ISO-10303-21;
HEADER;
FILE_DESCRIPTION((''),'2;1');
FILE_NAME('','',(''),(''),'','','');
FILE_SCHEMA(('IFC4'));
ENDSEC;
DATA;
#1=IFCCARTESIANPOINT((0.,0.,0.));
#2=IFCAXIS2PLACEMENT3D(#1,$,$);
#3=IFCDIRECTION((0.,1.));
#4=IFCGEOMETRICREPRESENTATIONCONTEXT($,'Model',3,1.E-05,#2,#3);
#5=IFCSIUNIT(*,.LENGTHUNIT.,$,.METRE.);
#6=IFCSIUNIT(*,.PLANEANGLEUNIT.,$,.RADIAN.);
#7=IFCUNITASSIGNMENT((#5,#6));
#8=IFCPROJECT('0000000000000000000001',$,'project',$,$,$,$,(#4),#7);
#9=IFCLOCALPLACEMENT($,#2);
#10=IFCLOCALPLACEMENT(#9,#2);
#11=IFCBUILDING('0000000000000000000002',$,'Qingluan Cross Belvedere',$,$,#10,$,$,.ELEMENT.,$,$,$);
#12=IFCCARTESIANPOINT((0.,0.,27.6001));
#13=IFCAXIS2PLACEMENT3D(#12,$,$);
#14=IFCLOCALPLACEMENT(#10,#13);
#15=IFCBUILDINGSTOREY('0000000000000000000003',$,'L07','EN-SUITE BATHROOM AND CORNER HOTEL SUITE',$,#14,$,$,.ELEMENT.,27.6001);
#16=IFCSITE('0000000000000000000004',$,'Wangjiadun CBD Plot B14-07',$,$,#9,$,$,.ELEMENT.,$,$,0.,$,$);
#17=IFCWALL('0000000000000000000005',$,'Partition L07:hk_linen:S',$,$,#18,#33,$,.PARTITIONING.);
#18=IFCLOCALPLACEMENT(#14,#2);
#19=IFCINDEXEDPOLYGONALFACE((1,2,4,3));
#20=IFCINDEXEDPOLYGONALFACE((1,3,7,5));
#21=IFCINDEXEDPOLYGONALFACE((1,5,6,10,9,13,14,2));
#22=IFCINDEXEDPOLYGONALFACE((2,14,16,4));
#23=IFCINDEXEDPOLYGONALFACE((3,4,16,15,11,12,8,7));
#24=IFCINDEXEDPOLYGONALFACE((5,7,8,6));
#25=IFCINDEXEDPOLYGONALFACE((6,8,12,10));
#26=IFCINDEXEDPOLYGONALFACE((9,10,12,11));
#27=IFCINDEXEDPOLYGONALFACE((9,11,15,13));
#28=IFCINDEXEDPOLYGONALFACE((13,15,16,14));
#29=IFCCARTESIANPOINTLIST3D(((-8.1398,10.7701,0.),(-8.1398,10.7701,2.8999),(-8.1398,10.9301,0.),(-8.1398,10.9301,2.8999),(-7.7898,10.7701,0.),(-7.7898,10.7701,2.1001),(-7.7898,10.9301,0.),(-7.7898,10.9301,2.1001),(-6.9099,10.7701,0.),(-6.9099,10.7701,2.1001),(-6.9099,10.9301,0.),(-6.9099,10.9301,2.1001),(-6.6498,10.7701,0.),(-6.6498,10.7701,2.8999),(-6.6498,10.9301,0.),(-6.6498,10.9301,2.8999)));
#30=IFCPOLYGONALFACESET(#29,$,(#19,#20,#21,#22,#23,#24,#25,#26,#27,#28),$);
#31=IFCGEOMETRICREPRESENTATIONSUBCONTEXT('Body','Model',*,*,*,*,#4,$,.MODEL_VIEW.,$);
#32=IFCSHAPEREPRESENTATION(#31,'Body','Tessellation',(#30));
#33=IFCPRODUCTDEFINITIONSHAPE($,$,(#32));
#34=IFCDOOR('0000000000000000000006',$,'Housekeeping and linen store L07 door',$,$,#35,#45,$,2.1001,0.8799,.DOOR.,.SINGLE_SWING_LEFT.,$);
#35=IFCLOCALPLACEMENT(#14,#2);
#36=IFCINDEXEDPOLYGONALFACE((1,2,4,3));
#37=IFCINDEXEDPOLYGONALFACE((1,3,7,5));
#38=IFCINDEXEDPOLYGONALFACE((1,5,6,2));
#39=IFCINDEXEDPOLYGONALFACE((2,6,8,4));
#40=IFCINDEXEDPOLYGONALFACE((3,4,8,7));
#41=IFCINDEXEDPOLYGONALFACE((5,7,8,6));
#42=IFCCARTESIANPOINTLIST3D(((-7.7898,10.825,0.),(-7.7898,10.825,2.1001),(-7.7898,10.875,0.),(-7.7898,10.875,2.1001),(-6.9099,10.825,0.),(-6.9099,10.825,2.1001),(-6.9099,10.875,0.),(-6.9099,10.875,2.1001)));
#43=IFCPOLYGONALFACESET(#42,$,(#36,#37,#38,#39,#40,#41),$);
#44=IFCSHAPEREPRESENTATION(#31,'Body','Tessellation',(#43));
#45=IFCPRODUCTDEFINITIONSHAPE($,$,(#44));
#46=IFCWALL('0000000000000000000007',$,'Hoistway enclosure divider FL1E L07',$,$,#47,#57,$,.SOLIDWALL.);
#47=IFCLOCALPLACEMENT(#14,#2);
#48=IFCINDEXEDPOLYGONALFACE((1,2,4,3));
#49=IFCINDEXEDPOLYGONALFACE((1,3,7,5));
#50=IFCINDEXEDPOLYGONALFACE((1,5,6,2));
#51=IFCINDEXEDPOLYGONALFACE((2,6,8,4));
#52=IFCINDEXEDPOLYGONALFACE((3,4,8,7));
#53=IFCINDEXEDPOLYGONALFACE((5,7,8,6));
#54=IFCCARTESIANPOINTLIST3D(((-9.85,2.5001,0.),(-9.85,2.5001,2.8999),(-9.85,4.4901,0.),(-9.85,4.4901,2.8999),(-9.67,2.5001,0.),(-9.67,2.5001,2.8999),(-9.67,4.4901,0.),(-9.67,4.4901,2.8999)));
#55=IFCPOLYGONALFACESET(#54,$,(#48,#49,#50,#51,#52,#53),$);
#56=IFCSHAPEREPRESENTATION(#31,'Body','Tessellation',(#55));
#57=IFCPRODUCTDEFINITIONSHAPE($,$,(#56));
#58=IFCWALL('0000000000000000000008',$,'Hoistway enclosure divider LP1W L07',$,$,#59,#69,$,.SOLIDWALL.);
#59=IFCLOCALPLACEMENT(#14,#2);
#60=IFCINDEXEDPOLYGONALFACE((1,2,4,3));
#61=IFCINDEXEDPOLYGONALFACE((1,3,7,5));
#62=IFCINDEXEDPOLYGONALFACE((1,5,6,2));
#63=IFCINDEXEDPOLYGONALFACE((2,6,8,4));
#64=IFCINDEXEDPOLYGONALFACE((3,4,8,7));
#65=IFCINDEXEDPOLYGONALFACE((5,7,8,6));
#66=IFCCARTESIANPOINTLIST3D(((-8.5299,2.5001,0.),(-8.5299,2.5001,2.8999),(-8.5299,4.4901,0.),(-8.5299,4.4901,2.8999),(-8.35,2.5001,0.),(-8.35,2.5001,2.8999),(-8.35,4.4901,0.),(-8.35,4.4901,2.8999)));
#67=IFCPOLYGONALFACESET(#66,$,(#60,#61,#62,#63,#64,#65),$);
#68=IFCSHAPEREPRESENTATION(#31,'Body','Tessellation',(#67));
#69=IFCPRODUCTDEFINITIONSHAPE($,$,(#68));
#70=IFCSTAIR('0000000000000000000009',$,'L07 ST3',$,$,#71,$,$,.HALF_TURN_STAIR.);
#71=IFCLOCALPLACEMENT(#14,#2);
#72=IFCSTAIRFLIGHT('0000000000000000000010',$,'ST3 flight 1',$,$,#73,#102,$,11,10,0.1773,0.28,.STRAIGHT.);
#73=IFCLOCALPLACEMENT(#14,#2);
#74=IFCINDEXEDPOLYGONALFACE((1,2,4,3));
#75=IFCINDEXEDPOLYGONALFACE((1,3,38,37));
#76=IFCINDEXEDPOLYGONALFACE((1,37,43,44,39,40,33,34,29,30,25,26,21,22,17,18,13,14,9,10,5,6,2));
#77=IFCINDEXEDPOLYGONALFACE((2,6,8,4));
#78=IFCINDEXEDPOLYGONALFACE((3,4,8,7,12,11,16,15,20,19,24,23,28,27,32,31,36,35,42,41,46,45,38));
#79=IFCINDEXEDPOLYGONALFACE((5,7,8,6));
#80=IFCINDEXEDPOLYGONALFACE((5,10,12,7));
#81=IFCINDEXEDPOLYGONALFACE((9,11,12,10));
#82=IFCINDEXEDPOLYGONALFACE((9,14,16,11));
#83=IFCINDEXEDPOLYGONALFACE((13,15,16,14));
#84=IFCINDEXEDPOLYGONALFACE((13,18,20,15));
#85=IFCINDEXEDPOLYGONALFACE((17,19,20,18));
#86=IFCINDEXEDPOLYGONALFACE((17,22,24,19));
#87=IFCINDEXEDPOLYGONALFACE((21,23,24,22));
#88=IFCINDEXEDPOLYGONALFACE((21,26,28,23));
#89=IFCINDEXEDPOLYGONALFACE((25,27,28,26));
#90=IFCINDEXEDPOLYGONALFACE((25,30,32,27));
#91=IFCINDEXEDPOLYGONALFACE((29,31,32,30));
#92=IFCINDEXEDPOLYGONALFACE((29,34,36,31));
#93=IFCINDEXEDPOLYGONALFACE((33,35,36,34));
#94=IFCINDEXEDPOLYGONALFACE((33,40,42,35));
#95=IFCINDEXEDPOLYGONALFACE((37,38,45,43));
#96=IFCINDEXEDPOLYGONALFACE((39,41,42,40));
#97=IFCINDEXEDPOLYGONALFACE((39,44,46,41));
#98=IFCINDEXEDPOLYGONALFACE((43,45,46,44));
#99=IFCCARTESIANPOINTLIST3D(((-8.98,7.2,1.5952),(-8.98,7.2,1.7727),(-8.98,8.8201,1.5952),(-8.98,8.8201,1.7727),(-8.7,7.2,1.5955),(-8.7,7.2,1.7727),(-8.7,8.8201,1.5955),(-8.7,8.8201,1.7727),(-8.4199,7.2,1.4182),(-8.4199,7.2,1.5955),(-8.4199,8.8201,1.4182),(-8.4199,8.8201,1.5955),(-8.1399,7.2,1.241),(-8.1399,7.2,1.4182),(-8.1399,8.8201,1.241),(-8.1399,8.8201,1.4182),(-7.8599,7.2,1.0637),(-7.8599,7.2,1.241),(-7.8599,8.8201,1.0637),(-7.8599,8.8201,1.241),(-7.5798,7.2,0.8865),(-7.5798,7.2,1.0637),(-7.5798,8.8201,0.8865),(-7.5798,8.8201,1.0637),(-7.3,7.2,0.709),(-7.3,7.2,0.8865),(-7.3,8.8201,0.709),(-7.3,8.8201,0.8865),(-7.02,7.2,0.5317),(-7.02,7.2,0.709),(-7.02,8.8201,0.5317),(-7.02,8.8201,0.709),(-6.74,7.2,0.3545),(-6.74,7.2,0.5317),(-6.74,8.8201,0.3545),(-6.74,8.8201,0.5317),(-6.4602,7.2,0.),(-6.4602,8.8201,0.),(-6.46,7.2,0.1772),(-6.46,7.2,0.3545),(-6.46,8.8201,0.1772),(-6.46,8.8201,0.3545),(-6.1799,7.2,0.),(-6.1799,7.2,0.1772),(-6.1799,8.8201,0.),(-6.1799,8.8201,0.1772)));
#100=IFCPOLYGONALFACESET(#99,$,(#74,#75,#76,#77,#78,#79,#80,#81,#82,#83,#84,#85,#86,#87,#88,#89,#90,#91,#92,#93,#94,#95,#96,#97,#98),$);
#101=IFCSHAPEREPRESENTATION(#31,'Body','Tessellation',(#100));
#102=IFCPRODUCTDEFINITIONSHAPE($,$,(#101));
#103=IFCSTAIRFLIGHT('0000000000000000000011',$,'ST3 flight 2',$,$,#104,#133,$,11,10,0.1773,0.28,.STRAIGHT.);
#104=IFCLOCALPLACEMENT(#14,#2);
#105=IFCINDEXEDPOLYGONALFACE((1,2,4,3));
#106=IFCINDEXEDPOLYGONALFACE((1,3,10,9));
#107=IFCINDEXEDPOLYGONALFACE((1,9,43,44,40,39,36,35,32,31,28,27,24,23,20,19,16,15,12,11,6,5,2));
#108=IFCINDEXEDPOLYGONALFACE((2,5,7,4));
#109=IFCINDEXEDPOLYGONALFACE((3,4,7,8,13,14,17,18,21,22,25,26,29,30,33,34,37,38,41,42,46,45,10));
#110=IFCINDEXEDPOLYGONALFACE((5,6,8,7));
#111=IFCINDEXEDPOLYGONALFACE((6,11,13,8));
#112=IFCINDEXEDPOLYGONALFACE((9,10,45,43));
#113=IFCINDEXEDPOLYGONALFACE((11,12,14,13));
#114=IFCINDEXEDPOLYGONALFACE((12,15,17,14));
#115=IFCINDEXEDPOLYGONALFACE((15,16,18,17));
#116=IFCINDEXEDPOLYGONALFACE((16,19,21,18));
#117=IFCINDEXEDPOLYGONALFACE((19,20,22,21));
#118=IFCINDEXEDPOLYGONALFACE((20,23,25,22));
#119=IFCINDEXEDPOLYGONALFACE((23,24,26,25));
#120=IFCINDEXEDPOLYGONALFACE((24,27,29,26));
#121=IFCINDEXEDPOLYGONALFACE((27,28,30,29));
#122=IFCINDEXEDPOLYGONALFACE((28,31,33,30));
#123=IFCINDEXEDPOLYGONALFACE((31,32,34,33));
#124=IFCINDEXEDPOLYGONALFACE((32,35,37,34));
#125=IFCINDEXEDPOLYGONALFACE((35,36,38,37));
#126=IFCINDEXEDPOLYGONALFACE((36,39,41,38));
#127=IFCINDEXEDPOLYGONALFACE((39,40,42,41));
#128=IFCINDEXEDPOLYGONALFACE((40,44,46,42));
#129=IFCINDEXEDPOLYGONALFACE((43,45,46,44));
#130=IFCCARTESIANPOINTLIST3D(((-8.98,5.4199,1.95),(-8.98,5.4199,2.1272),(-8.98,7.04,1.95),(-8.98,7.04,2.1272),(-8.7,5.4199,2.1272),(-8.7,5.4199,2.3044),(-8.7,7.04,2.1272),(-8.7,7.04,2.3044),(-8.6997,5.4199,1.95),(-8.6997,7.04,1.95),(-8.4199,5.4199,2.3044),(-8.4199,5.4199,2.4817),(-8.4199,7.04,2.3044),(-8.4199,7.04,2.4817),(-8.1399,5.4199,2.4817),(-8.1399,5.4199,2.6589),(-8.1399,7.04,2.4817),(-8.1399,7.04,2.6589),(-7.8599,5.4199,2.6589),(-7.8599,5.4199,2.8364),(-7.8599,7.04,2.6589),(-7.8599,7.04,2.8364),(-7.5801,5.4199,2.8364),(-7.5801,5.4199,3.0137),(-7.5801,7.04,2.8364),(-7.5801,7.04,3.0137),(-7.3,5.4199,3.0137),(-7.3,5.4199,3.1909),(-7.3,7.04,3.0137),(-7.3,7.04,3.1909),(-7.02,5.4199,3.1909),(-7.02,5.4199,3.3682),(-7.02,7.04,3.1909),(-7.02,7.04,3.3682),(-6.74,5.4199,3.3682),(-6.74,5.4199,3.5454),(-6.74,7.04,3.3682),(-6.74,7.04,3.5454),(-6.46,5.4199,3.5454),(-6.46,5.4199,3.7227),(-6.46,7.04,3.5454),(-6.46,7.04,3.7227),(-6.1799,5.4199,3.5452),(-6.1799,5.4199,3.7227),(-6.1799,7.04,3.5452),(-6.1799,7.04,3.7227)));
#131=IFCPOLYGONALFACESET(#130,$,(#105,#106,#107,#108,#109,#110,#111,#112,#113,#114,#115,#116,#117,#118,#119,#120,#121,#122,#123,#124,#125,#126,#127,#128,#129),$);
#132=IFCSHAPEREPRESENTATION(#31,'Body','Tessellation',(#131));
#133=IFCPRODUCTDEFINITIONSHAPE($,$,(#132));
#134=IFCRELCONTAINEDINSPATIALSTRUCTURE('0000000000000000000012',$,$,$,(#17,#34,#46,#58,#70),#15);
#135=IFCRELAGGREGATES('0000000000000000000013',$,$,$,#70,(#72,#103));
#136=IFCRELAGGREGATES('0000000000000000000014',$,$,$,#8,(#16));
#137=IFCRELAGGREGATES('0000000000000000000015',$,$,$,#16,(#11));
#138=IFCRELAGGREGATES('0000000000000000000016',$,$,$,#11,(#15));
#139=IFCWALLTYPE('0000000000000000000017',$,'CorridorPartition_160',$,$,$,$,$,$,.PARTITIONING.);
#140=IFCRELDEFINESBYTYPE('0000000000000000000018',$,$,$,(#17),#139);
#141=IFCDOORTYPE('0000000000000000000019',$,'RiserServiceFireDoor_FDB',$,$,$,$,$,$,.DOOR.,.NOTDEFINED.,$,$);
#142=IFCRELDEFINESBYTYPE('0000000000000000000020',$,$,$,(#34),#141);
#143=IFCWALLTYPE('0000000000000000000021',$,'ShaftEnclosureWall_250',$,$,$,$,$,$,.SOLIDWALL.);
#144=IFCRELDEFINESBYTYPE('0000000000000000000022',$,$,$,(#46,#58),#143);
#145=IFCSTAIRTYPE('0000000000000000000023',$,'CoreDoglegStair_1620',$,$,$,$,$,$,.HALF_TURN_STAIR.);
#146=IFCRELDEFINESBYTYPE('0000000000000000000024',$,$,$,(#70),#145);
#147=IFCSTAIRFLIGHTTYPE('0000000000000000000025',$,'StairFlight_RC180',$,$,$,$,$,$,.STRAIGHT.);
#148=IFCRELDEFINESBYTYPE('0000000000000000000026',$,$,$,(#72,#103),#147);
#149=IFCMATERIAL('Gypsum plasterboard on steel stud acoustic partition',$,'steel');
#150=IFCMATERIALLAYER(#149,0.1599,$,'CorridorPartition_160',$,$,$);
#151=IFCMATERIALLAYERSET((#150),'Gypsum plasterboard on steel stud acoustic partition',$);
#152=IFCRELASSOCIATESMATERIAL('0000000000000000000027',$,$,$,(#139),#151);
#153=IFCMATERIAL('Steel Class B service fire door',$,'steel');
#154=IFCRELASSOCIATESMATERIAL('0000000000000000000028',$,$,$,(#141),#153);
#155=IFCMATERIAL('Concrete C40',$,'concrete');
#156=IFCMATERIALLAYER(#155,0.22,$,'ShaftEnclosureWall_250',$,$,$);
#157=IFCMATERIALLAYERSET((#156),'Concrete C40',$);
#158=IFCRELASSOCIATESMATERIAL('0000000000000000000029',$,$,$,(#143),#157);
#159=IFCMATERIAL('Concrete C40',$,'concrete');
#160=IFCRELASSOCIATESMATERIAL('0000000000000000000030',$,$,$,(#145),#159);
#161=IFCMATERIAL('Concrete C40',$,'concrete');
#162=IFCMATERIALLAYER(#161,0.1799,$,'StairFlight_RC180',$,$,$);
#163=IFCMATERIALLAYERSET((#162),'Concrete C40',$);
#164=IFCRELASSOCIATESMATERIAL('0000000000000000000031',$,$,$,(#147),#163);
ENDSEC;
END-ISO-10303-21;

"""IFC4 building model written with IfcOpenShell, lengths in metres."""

from ifc_helpers import new_model, si_unit, direction, frame, frame_2d, origin, place, context, subcontext, project, spatial, polyline, rectangle, outline, extrude, material, layer, layer_set, type_object, element, fill, aggregate, save


model = new_model("IFC4")

# Units and contexts
model_context = context("Model", 3, precision=1e-05, world=origin(), true_north=direction((0.0, 1.0)))
body_context = subcontext(model_context, "Body", "Model", "MODEL_VIEW")
ifc_project = project(units=[si_unit("LENGTHUNIT", "METRE"), si_unit("PLANEANGLEUNIT", "RADIAN")], contexts=[model_context])

# Site, building, storey
site_placement = place(None, origin())
site = spatial("IfcSite", under=ifc_project, at=site_placement, Name="Wangjiadun CBD Plot B14-07", CompositionType="ELEMENT", RefElevation=0.0)
building_placement = place(site_placement, origin())
building = spatial("IfcBuilding", under=site, at=building_placement, Name="Qingluan Cross Belvedere", CompositionType="ELEMENT")
storey_placement = place(building_placement, frame((0.0, 0.0, 27.6001)))
storey = spatial("IfcBuildingStorey", under=building, at=storey_placement, Name="L07", Description="EN-SUITE BATHROOM AND CORNER HOTEL SUITE", CompositionType="ELEMENT", Elevation=27.6001)

# Wall, opening, door
ifc_material_1 = material(Name="Gypsum plasterboard on steel stud acoustic partition", Category="steel")
ifc_layer_1 = layer(ifc_material_1, 0.1599, Name="CorridorPartition_160")
ifc_layer_set_1 = layer_set([ifc_layer_1], Name="Gypsum plasterboard on steel stud acoustic partition")
wall_type_1 = type_object("IfcWallType", Name="CorridorPartition_160", PredefinedType="PARTITIONING", material=ifc_layer_set_1)
wall_1_placement = place(storey_placement, frame((-8.1399, 10.8501, 0.0), z_axis=(0.0, 0.0, 1.0), x_axis=(1.0, 0.0, 0.0)))
wall_1 = element("IfcWall", 1, at=wall_1_placement, inside=storey, type_object=wall_type_1, Name="Partition L07:hk_linen:S", PredefinedType="PARTITIONING", context=body_context, shape_type="SweptSolid", body=[
    extrude(rectangle(XDim=1.49, YDim=0.1599, at=frame_2d((0.7451, 0.0))), origin(), (0.0, 0.0, 1.0), 2.8999),
])
opening_1_placement = place(wall_1_placement, frame((0.3501, 0.0, 0.0)))
opening_1 = element("IfcOpeningElement", 2, at=opening_1_placement, cuts=wall_1, PredefinedType="OPENING", context=body_context, shape_type="SweptSolid", body=[
    extrude(rectangle(XDim=0.8799, YDim=2.1001, at=frame_2d((0.4399, 1.05))), frame((0.0, 0.0898, 0.0), z_axis=(0.0, -1.0, 0.0), x_axis=(1.0, 0.0, 0.0)), (0.0, 0.0, 1.0), 0.1799),
])
ifc_material_2 = material(Name="Steel Class B service fire door", Category="steel")
door_type_1 = type_object("IfcDoorType", Name="RiserServiceFireDoor_FDB", OperationType="NOTDEFINED", PredefinedType="DOOR", material=ifc_material_2)
door_1_placement = place(opening_1_placement, origin())
door_1 = element("IfcDoor", 3, at=door_1_placement, inside=storey, type_object=door_type_1, Name="Housekeeping and linen store L07 door", OperationType="SINGLE_SWING_LEFT", OverallHeight=2.1001, OverallWidth=0.8799, PredefinedType="DOOR", context=body_context, shape_type="SweptSolid", body=[
    extrude(rectangle(XDim=0.8799, YDim=2.1001, at=frame_2d((0.4399, 1.05))), frame((0.0, 0.0249, 0.0), z_axis=(0.0, -1.0, 0.0), x_axis=(1.0, 0.0, 0.0)), (0.0, 0.0, 1.0), 0.05),
])
fill(opening_1, door_1)

# Shared definitions
ifc_material_3 = material(Name="Concrete C40", Category="concrete")
ifc_layer_2 = layer(ifc_material_3, 0.22, Name="ShaftEnclosureWall_250")
ifc_layer_set_2 = layer_set([ifc_layer_2], Name="Concrete C40")
wall_type_2 = type_object("IfcWallType", Name="ShaftEnclosureWall_250", PredefinedType="SOLIDWALL", material=ifc_layer_set_2)

# Walls
for number, where, z_axis, x_axis, name in (
    (4, (-9.76, 2.5, 0.0), (0.0, 0.0, 1.0), (0.0, 1.0, 0.0), "Hoistway enclosure divider FL1E L07"),
    (5, (-8.4399, 2.5, 0.0), (0.0, 0.0, 1.0), (0.0, 1.0, 0.0), "Hoistway enclosure divider LP1W L07"),
):
    element("IfcWall", number, at=place(storey_placement, frame(where, z_axis=z_axis, x_axis=x_axis)), inside=storey, type_object=wall_type_2, Name=name, PredefinedType="SOLIDWALL", context=body_context, shape_type="SweptSolid", body=[
        extrude(rectangle(XDim=1.99, YDim=0.1799, at=frame_2d((0.9951, 0.0))), origin(), (0.0, 0.0, 1.0), 2.8999),
    ])

# Stair, stair flights
ifc_material_4 = material(Name="Concrete C40", Category="concrete")
stair_type = type_object("IfcStairType", Name="CoreDoglegStair_1620", PredefinedType="HALF_TURN_STAIR", material=ifc_material_4)
stair_placement = place(storey_placement, origin())
stair = element("IfcStair", 6, at=stair_placement, inside=storey, type_object=stair_type, Name="L07 ST3", PredefinedType="HALF_TURN_STAIR")
ifc_material_5 = material(Name="Concrete C40", Category="concrete")
ifc_layer_3 = layer(ifc_material_5, 0.1799, Name="StairFlight_RC180")
ifc_layer_set_3 = layer_set([ifc_layer_3], Name="Concrete C40")
stair_flight_type = type_object("IfcStairFlightType", Name="StairFlight_RC180", PredefinedType="STRAIGHT", material=ifc_layer_set_3)
stair_flight_1_placement = place(storey_placement, frame((-6.1799, 8.01, 0.0), z_axis=(0.0, 0.0, 1.0), x_axis=(-1.0, 0.0, 0.0)))
stair_flight_1 = element("IfcStairFlight", 7, at=stair_flight_1_placement, type_object=stair_flight_type, Name="ST3 flight 1", NumberOfRisers=11, NumberOfTreads=10, PredefinedType="STRAIGHT", RiserHeight=0.1773, TreadLength=0.28, context=body_context, shape_type="SweptSolid", body=[
    extrude(outline(polyline([(0.0, 0.0), (0.0, 0.1772), (0.28, 0.1772), (0.28, 0.3545), (0.5601, 0.3545), (0.5601, 0.5317), (0.8401, 0.5317), (0.8401, 0.709), (1.1201, 0.709), (1.1201, 0.8865), (1.3999, 0.8865), (1.3999, 1.0637), (1.6799, 1.0637), (1.6799, 1.241), (1.96, 1.241), (1.96, 1.4182), (2.24, 1.4182), (2.24, 1.5955), (2.52, 1.5955), (2.52, 1.7727), (2.8, 1.7727), (2.8, 1.95), (2.8, 1.5952), (0.2803, 0.0), (0.0, 0.0)])), frame((0.0, 0.8101, 0.0), z_axis=(0.0, -1.0, 0.0), x_axis=(1.0, 0.0, 0.0)), (0.0, 0.0, 1.0), 1.6201),
])
stair_flight_2_placement = place(storey_placement, frame((-8.98, 6.23, 1.95), z_axis=(0.0, 0.0, 1.0), x_axis=(1.0, 0.0, 0.0)))
stair_flight_2 = element("IfcStairFlight", 8, at=stair_flight_2_placement, type_object=stair_flight_type, Name="ST3 flight 2", NumberOfRisers=11, NumberOfTreads=10, PredefinedType="STRAIGHT", RiserHeight=0.1773, TreadLength=0.28, context=body_context, shape_type="SweptSolid", body=[
    extrude(outline(polyline([(0.0, 0.0), (0.0, 0.1772), (0.28, 0.1772), (0.28, 0.3545), (0.5601, 0.3545), (0.5601, 0.5317), (0.8401, 0.5317), (0.8401, 0.709), (1.1201, 0.709), (1.1201, 0.8865), (1.3999, 0.8865), (1.3999, 1.0637), (1.6799, 1.0637), (1.6799, 1.241), (1.96, 1.241), (1.96, 1.4182), (2.24, 1.4182), (2.24, 1.5955), (2.52, 1.5955), (2.52, 1.7727), (2.8, 1.7727), (2.8, 1.95), (2.8, 1.5952), (0.2803, 0.0), (0.0, 0.0)])), frame((0.0, 0.8101, 0.0), z_axis=(0.0, -1.0, 0.0), x_axis=(1.0, 0.0, 0.0)), (0.0, 0.0, 1.0), 1.6201),
])
aggregate(stair, [stair_flight_1, stair_flight_2])

save(model, "model.ifc")
